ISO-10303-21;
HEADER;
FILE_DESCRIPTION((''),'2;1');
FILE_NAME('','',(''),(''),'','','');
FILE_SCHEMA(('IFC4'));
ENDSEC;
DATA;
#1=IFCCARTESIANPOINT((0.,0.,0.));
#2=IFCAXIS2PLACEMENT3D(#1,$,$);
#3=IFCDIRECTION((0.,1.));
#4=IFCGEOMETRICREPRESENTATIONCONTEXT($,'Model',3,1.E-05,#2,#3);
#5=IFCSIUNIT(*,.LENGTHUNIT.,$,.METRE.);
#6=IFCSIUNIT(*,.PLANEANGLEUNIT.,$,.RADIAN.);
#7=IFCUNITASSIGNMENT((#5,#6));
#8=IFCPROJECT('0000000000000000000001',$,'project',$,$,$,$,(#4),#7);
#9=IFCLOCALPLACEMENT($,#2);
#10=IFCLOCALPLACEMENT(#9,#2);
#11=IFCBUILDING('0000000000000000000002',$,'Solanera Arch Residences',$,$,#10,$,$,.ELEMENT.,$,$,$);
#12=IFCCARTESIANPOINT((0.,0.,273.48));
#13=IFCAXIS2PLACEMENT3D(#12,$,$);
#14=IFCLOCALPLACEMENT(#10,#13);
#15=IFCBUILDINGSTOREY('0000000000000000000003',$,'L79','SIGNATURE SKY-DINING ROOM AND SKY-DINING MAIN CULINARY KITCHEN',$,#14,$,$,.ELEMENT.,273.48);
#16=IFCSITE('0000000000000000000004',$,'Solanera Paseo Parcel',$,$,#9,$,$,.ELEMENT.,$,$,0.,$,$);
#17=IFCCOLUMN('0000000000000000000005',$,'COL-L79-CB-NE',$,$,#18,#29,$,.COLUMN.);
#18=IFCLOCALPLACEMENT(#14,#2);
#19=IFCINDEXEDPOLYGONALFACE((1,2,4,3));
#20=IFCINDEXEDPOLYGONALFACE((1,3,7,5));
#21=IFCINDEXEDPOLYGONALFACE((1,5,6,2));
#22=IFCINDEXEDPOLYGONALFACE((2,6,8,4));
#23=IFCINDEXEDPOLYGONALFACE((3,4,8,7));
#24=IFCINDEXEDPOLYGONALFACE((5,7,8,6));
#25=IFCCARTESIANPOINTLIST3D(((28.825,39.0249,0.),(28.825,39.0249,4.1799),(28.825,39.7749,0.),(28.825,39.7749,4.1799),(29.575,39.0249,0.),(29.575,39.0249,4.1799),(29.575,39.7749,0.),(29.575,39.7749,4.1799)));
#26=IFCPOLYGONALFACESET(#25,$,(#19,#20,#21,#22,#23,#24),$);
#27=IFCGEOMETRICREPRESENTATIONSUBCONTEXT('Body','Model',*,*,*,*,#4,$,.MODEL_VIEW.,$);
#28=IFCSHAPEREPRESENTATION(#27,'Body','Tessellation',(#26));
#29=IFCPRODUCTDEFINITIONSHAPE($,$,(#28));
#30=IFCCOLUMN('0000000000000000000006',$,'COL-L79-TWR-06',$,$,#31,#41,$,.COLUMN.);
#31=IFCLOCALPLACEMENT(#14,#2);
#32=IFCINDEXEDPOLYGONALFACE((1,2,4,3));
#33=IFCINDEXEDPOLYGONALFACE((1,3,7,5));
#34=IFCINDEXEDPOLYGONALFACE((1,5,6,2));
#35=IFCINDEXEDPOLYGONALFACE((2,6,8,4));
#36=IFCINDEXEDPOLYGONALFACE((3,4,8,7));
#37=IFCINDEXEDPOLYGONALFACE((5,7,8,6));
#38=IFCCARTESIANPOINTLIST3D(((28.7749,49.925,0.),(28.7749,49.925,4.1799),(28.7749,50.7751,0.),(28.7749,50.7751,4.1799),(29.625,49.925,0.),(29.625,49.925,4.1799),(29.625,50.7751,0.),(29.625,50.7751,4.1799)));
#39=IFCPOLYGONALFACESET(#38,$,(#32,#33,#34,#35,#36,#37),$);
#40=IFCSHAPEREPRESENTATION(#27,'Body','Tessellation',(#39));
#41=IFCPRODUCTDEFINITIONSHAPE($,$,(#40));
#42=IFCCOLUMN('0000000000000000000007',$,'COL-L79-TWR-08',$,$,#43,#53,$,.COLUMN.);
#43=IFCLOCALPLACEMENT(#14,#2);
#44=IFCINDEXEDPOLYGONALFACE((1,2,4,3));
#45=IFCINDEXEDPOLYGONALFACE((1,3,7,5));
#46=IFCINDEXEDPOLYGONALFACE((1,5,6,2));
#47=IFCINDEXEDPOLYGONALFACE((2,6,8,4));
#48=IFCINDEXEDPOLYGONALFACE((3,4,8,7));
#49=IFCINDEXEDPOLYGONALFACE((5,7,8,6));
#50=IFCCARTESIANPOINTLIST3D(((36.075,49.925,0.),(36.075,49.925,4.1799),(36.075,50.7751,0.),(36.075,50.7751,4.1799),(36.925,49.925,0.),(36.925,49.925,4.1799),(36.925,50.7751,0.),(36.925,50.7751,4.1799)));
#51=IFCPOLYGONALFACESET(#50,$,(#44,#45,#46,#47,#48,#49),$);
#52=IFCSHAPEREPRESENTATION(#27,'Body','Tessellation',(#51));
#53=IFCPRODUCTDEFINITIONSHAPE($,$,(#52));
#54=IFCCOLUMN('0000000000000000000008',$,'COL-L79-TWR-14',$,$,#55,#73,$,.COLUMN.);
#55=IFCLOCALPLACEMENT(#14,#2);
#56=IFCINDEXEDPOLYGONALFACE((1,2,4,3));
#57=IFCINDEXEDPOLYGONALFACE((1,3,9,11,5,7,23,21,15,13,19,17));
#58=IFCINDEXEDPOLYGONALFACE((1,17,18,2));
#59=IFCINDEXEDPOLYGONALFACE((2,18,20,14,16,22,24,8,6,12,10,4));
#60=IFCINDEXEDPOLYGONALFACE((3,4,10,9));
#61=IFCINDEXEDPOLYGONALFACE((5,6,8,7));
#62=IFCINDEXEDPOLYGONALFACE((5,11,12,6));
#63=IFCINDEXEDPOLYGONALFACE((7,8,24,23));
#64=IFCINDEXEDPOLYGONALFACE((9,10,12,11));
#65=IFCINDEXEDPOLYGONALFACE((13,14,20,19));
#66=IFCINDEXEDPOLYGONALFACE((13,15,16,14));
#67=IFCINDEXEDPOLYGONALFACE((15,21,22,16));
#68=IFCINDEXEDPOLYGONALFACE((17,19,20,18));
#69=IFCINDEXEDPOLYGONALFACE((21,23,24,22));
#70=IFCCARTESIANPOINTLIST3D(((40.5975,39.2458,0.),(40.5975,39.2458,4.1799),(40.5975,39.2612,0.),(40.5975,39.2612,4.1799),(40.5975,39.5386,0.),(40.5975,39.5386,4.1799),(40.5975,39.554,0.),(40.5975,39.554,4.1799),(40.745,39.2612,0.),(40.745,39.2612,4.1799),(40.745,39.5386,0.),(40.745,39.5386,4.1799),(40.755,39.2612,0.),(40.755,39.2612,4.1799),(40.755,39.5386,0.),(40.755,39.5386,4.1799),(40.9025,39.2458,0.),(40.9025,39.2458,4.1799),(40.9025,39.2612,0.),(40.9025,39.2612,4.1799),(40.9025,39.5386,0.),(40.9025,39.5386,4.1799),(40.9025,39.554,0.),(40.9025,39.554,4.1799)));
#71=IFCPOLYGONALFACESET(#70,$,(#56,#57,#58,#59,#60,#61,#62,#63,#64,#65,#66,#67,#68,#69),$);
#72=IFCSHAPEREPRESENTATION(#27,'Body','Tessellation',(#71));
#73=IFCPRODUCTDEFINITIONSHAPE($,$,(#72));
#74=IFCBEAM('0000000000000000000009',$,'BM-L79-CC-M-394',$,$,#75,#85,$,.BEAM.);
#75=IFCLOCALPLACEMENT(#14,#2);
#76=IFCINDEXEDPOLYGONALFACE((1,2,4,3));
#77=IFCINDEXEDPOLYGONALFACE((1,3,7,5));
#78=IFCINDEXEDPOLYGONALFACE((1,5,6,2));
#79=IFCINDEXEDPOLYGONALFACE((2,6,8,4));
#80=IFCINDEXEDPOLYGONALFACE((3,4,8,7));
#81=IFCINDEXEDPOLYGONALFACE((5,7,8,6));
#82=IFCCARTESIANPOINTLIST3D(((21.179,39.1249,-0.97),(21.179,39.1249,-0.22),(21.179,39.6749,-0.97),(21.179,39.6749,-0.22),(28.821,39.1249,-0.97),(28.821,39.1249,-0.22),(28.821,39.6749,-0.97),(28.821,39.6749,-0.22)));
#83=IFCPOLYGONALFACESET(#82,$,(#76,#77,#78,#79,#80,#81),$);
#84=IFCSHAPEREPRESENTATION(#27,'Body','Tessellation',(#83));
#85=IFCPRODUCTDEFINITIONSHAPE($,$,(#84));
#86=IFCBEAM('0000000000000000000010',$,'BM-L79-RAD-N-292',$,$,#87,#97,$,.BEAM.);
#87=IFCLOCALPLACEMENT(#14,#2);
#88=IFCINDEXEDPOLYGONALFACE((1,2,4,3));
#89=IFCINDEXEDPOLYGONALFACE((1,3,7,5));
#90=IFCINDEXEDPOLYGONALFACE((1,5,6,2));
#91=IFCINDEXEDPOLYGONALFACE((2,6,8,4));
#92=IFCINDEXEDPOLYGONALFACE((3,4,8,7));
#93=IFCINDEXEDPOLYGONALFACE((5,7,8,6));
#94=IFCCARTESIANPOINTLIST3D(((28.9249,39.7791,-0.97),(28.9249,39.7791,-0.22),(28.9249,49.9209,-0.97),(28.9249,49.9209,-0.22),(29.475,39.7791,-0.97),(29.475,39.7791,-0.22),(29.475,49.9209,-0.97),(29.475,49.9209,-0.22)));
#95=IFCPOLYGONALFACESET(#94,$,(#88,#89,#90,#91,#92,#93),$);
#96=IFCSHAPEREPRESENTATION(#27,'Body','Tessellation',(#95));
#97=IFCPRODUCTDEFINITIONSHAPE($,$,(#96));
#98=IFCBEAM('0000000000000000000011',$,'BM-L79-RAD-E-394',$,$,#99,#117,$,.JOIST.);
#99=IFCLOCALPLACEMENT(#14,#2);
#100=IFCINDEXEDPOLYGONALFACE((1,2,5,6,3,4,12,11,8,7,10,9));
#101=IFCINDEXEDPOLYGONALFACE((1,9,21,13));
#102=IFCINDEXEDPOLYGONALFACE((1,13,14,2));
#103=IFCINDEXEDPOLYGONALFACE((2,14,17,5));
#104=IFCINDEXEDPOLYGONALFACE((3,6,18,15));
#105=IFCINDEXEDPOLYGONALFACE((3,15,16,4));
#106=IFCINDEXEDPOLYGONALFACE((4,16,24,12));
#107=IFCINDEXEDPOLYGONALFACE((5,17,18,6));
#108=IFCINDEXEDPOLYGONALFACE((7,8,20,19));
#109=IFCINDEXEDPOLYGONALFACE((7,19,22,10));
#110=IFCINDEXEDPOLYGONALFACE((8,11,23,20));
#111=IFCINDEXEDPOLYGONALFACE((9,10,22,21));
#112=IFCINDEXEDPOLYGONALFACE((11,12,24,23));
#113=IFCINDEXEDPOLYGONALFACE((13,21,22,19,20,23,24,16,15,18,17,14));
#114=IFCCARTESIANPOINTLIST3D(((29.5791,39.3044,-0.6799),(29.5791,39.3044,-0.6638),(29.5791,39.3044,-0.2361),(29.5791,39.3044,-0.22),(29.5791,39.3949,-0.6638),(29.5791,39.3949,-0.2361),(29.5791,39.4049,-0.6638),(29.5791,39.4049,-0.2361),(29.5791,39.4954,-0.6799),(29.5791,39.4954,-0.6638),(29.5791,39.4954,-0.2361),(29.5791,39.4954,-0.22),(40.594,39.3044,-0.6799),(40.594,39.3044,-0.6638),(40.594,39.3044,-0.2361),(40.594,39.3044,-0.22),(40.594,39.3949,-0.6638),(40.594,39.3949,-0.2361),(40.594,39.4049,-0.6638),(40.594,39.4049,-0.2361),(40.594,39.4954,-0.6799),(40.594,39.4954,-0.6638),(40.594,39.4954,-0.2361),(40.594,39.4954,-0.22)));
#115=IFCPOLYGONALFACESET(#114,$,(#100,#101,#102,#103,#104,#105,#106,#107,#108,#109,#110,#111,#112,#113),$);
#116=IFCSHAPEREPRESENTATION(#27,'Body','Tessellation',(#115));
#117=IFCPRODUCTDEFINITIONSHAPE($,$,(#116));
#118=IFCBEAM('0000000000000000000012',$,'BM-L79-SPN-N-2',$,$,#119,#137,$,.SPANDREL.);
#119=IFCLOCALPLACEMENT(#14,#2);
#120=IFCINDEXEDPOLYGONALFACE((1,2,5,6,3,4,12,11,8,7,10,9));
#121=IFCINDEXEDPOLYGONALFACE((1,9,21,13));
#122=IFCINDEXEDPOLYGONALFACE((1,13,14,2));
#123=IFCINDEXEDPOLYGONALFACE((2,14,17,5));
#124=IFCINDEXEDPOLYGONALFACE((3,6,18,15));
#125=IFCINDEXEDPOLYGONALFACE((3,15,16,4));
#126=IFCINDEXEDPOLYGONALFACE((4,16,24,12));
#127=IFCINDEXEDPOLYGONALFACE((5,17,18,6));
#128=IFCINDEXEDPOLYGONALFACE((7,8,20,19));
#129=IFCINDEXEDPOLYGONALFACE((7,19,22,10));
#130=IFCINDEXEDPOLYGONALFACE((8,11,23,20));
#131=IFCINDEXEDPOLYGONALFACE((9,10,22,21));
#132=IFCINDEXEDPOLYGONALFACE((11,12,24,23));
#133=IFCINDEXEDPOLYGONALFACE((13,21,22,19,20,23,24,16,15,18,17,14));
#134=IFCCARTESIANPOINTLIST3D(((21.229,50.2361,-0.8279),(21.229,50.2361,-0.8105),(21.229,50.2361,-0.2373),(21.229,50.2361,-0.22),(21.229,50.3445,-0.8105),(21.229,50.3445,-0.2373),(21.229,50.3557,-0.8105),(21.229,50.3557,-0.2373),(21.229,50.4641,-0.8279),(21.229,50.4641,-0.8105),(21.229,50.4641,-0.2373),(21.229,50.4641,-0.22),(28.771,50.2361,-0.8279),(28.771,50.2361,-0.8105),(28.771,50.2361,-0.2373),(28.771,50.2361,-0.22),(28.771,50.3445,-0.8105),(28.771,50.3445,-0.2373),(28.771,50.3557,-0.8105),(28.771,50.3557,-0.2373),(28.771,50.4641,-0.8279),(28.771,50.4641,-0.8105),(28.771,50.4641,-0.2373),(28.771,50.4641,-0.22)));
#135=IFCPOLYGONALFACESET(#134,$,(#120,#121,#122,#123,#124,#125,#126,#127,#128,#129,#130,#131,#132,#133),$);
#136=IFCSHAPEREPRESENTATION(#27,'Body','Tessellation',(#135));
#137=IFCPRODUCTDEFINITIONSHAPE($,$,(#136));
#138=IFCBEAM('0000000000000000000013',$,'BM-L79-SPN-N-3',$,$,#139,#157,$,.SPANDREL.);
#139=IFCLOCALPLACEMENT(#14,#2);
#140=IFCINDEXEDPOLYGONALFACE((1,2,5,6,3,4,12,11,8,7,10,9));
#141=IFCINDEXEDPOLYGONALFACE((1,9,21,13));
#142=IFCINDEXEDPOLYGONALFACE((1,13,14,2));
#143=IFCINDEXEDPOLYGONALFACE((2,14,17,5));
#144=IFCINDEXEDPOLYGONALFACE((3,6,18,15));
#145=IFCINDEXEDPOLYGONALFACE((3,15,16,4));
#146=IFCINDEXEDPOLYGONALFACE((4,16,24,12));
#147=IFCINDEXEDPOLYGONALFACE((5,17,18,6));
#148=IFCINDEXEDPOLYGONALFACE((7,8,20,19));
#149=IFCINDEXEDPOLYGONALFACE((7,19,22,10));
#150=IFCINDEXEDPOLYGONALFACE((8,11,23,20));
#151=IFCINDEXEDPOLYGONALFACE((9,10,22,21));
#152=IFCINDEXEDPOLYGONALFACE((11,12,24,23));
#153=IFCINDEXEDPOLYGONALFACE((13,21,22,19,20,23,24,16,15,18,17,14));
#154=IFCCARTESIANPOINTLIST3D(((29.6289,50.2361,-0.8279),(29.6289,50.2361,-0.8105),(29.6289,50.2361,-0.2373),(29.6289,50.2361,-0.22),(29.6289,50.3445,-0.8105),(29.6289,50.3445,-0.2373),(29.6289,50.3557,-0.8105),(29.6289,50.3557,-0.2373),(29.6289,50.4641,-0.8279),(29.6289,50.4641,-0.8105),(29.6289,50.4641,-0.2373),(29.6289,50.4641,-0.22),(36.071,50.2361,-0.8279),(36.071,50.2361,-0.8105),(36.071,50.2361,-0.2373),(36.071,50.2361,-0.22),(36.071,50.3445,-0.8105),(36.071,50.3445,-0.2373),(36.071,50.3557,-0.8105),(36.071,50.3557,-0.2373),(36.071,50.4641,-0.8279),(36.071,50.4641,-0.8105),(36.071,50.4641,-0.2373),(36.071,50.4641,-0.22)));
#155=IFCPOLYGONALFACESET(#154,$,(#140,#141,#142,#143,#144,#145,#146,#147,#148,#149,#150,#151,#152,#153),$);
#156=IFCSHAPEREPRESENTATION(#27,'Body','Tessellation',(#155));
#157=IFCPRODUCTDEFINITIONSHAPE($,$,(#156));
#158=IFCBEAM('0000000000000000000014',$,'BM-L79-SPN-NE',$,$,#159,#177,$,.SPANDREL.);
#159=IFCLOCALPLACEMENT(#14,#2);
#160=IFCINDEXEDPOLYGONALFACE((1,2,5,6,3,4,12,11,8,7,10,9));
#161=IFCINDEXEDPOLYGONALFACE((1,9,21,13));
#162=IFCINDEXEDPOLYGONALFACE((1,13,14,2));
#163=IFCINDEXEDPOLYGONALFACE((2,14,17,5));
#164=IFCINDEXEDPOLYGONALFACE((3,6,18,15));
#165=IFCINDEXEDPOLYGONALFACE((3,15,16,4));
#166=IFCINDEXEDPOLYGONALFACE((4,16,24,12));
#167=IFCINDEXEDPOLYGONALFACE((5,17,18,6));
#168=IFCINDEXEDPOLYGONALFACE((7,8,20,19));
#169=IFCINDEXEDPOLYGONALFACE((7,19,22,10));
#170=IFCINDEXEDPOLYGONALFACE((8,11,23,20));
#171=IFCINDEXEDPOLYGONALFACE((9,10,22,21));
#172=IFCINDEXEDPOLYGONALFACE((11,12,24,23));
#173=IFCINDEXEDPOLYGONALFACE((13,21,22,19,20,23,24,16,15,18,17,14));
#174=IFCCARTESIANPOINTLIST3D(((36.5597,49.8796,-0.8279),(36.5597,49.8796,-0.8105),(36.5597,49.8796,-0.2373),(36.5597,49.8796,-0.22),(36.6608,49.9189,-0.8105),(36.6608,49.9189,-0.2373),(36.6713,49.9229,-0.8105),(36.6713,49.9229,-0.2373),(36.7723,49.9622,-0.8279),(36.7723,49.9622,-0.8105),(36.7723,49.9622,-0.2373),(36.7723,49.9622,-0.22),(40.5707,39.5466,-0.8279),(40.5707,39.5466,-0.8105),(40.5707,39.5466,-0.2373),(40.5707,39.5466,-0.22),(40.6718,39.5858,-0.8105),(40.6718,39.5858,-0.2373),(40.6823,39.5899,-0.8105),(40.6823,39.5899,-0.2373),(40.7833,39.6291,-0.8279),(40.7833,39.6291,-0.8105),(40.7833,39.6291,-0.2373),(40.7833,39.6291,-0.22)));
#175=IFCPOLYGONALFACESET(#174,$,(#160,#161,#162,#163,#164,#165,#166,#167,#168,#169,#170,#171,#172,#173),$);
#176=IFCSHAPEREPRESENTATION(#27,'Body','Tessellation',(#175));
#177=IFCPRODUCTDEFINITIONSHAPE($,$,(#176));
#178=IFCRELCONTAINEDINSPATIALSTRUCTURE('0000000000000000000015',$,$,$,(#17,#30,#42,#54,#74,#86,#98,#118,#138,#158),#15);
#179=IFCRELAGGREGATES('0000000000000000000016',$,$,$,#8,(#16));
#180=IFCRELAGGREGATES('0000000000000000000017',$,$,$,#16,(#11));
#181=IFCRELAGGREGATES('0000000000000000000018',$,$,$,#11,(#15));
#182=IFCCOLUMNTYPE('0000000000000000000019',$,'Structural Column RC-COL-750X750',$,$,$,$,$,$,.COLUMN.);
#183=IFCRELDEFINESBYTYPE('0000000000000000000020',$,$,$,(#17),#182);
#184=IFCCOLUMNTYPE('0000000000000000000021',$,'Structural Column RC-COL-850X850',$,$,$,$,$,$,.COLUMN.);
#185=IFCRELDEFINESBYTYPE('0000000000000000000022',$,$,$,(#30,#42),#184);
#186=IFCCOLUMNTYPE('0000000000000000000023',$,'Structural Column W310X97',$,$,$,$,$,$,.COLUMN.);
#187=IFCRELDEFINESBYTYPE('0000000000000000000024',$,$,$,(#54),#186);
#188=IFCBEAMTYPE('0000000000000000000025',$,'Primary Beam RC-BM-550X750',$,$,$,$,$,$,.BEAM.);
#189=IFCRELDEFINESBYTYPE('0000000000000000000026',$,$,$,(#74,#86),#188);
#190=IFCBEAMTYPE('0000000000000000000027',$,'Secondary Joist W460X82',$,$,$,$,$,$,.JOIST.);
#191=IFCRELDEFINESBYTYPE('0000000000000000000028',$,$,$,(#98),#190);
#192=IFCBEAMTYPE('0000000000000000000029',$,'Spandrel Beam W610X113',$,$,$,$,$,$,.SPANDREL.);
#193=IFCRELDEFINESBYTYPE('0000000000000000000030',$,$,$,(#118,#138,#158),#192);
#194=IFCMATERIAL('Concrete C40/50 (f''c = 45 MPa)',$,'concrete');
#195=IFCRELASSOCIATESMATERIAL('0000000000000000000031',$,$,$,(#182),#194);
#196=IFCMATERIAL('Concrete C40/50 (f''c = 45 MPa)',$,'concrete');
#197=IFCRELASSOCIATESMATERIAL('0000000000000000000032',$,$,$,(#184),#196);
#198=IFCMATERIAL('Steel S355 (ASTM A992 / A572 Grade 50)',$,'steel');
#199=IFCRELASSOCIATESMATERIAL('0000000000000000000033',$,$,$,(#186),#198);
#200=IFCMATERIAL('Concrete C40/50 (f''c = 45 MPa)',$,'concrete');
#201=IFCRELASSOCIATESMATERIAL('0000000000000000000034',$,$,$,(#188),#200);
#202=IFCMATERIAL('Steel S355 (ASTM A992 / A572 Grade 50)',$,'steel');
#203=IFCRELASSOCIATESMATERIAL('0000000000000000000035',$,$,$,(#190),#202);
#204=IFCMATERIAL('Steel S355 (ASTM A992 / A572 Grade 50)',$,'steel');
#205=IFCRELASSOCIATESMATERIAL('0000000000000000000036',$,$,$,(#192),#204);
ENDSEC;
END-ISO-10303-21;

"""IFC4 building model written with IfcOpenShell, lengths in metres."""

from ifc_helpers import new_model, si_unit, direction, frame, origin, origin_2d, place, context, subcontext, project, spatial, rectangle, i_section, extrude, material, material_profile, profile_set, type_object, element, save


model = new_model("IFC4")

# Units and contexts
model_context = context("Model", 3, precision=1e-05, world=origin(), true_north=direction((0.0, 1.0)))
body_context = subcontext(model_context, "Body", "Model", "MODEL_VIEW")
ifc_project = project(units=[si_unit("LENGTHUNIT", "METRE"), si_unit("PLANEANGLEUNIT", "RADIAN")], contexts=[model_context])

# Site, building, storey
site_placement = place(None, origin())
site = spatial("IfcSite", under=ifc_project, at=site_placement, Name="Solanera Paseo Parcel", CompositionType="ELEMENT", RefElevation=0.0)
building_placement = place(site_placement, origin())
building = spatial("IfcBuilding", under=site, at=building_placement, Name="Solanera Arch Residences", CompositionType="ELEMENT")
storey_placement = place(building_placement, frame((0.0, 0.0, 273.48)))
storey = spatial("IfcBuildingStorey", under=building, at=storey_placement, Name="L79", Description="SIGNATURE SKY-DINING ROOM AND SKY-DINING MAIN CULINARY KITCHEN", CompositionType="ELEMENT", Elevation=273.48)

# Columns
ifc_material_1 = material(Name="Concrete C40/50 (f'c = 45 MPa)", Category="concrete")
ifc_material_profile_1 = material_profile(ifc_material_1, rectangle(XDim=0.75, YDim=0.75, at=origin_2d()))
ifc_profile_set_1 = profile_set([ifc_material_profile_1], Name="Concrete C40/50 (f'c = 45 MPa)")
column_type_1 = type_object("IfcColumnType", Name="Structural Column RC-COL-750X750", PredefinedType="COLUMN", material=ifc_profile_set_1)
column_1_placement = place(storey_placement, frame((29.2, 39.3999, 0.0), z_axis=(0.0, 0.0, 1.0), x_axis=(1.0, 0.0, 0.0)))
element("IfcColumn", 1, at=column_1_placement, inside=storey, type_object=column_type_1, Name="COL-L79-CB-NE", PredefinedType="COLUMN", context=body_context, shape_type="SweptSolid", body=[
    extrude(rectangle(XDim=0.75, YDim=0.75, at=origin_2d()), origin(), (0.0, 0.0, 1.0), 4.1799),
])
ifc_material_2 = material(Name="Concrete C40/50 (f'c = 45 MPa)", Category="concrete")
ifc_material_profile_2 = material_profile(ifc_material_2, rectangle(XDim=0.8501, YDim=0.8501, at=origin_2d()))
ifc_profile_set_2 = profile_set([ifc_material_profile_2], Name="Concrete C40/50 (f'c = 45 MPa)")
column_type_2 = type_object("IfcColumnType", Name="Structural Column RC-COL-850X850", PredefinedType="COLUMN", material=ifc_profile_set_2)
for number, where, z_axis, x_axis, name in (
    (2, (29.2, 50.3501, 0.0), (0.0, 0.0, 1.0), (1.0, 0.0, 0.0), "COL-L79-TWR-06"),
    (3, (36.5, 50.3501, 0.0), (0.0, 0.0, 1.0), (1.0, 0.0, 0.0), "COL-L79-TWR-08"),
):
    element("IfcColumn", number, at=place(storey_placement, frame(where, z_axis=z_axis, x_axis=x_axis)), inside=storey, type_object=column_type_2, Name=name, PredefinedType="COLUMN", context=body_context, shape_type="SweptSolid", body=[
        extrude(rectangle(XDim=0.8501, YDim=0.8501, at=origin_2d()), origin(), (0.0, 0.0, 1.0), 4.1799),
    ])
ifc_material_3 = material(Name="Steel S355 (ASTM A992 / A572 Grade 50)", Category="steel")
ifc_material_profile_3 = material_profile(ifc_material_3, i_section(OverallWidth=0.3049, OverallDepth=0.3081, WebThickness=0.01, FlangeThickness=0.0154, at=origin_2d()))
ifc_profile_set_3 = profile_set([ifc_material_profile_3], Name="Steel S355 (ASTM A992 / A572 Grade 50)")
column_type_3 = type_object("IfcColumnType", Name="Structural Column W310X97", PredefinedType="COLUMN", material=ifc_profile_set_3)
column_2_placement = place(storey_placement, frame((40.75, 39.3999, 0.0), z_axis=(0.0, 0.0, 1.0), x_axis=(1.0, 0.0, 0.0)))
element("IfcColumn", 4, at=column_2_placement, inside=storey, type_object=column_type_3, Name="COL-L79-TWR-14", PredefinedType="COLUMN", context=body_context, shape_type="SweptSolid", body=[
    extrude(i_section(OverallWidth=0.3049, OverallDepth=0.3081, WebThickness=0.01, FlangeThickness=0.0154, at=origin_2d()), origin(), (0.0, 0.0, 1.0), 4.1799),
])

# Beams
ifc_material_4 = material(Name="Concrete C40/50 (f'c = 45 MPa)", Category="concrete")
ifc_material_profile_4 = material_profile(ifc_material_4, rectangle(XDim=0.55, YDim=0.75, at=origin_2d()))
ifc_profile_set_4 = profile_set([ifc_material_profile_4], Name="Concrete C40/50 (f'c = 45 MPa)")
beam_type_1 = type_object("IfcBeamType", Name="Primary Beam RC-BM-550X750", PredefinedType="BEAM", material=ifc_profile_set_4)
beam_1_placement = place(storey_placement, frame((21.179, 39.3999, -0.595), z_axis=(1.0, 0.0, 0.0), x_axis=(0.0, 1.0, 0.0)))
element("IfcBeam", 5, at=beam_1_placement, inside=storey, type_object=beam_type_1, Name="BM-L79-CC-M-394", PredefinedType="BEAM", context=body_context, shape_type="SweptSolid", body=[
    extrude(rectangle(XDim=0.55, YDim=0.75, at=origin_2d()), origin(), (0.0, 0.0, 1.0), 7.6421),
])
beam_2_placement = place(storey_placement, frame((29.2, 39.7791, -0.595), z_axis=(0.0, 1.0, 0.0), x_axis=(-1.0, 0.0, 0.0)))
element("IfcBeam", 6, at=beam_2_placement, inside=storey, type_object=beam_type_1, Name="BM-L79-RAD-N-292", PredefinedType="BEAM", context=body_context, shape_type="SweptSolid", body=[
    extrude(rectangle(XDim=0.55, YDim=0.75, at=origin_2d()), origin(), (0.0, 0.0, 1.0), 10.1418),
])
ifc_material_5 = material(Name="Steel S355 (ASTM A992 / A572 Grade 50)", Category="steel")
ifc_material_profile_5 = material_profile(ifc_material_5, i_section(OverallWidth=0.1909, OverallDepth=0.46, WebThickness=0.01, FlangeThickness=0.0161, at=origin_2d()))
ifc_profile_set_5 = profile_set([ifc_material_profile_5], Name="Steel S355 (ASTM A992 / A572 Grade 50)")
beam_type_2 = type_object("IfcBeamType", Name="Secondary Joist W460X82", PredefinedType="JOIST", material=ifc_profile_set_5)
beam_3_placement = place(storey_placement, frame((29.5791, 39.3999, -0.45), z_axis=(1.0, 0.0, 0.0), x_axis=(0.0, 1.0, 0.0)))
element("IfcBeam", 7, at=beam_3_placement, inside=storey, type_object=beam_type_2, Name="BM-L79-RAD-E-394", PredefinedType="JOIST", context=body_context, shape_type="SweptSolid", body=[
    extrude(i_section(OverallWidth=0.1909, OverallDepth=0.46, WebThickness=0.01, FlangeThickness=0.0161, at=origin_2d()), origin(), (0.0, 0.0, 1.0), 11.0149),
])
ifc_material_6 = material(Name="Steel S355 (ASTM A992 / A572 Grade 50)", Category="steel")
ifc_material_profile_6 = material_profile(ifc_material_6, i_section(OverallWidth=0.228, OverallDepth=0.6079, WebThickness=0.0112, FlangeThickness=0.0173, at=origin_2d()))
ifc_profile_set_6 = profile_set([ifc_material_profile_6], Name="Steel S355 (ASTM A992 / A572 Grade 50)")
beam_type_3 = type_object("IfcBeamType", Name="Spandrel Beam W610X113", PredefinedType="SPANDREL", material=ifc_profile_set_6)
beam_4_placement = place(storey_placement, frame((21.229, 50.3501, -0.5239), z_axis=(1.0, 0.0, 0.0), x_axis=(0.0, 1.0, 0.0)))
element("IfcBeam", 8, at=beam_4_placement, inside=storey, type_object=beam_type_3, Name="BM-L79-SPN-N-2", PredefinedType="SPANDREL", context=body_context, shape_type="SweptSolid", body=[
    extrude(i_section(OverallWidth=0.228, OverallDepth=0.6079, WebThickness=0.0112, FlangeThickness=0.0173, at=origin_2d()), origin(), (0.0, 0.0, 1.0), 7.542),
])
beam_5_placement = place(storey_placement, frame((29.6289, 50.3501, -0.5239), z_axis=(1.0, 0.0, 0.0), x_axis=(0.0, 1.0, 0.0)))
element("IfcBeam", 9, at=beam_5_placement, inside=storey, type_object=beam_type_3, Name="BM-L79-SPN-N-3", PredefinedType="SPANDREL", context=body_context, shape_type="SweptSolid", body=[
    extrude(i_section(OverallWidth=0.228, OverallDepth=0.6079, WebThickness=0.0112, FlangeThickness=0.0173, at=origin_2d()), origin(), (0.0, 0.0, 1.0), 6.4421),
])
beam_6_placement = place(storey_placement, frame((36.666, 49.9209, -0.5239), z_axis=(0.361866, -0.93223, 0.0), x_axis=(0.93223, 0.361866, 0.0)))
element("IfcBeam", 10, at=beam_6_placement, inside=storey, type_object=beam_type_3, Name="BM-L79-SPN-NE", PredefinedType="SPANDREL", context=body_context, shape_type="SweptSolid", body=[
    extrude(i_section(OverallWidth=0.228, OverallDepth=0.6079, WebThickness=0.0112, FlangeThickness=0.0173, at=origin_2d()), origin(), (0.0, 0.0, 1.0), 11.0842),
])

save(model, "model.ifc")
